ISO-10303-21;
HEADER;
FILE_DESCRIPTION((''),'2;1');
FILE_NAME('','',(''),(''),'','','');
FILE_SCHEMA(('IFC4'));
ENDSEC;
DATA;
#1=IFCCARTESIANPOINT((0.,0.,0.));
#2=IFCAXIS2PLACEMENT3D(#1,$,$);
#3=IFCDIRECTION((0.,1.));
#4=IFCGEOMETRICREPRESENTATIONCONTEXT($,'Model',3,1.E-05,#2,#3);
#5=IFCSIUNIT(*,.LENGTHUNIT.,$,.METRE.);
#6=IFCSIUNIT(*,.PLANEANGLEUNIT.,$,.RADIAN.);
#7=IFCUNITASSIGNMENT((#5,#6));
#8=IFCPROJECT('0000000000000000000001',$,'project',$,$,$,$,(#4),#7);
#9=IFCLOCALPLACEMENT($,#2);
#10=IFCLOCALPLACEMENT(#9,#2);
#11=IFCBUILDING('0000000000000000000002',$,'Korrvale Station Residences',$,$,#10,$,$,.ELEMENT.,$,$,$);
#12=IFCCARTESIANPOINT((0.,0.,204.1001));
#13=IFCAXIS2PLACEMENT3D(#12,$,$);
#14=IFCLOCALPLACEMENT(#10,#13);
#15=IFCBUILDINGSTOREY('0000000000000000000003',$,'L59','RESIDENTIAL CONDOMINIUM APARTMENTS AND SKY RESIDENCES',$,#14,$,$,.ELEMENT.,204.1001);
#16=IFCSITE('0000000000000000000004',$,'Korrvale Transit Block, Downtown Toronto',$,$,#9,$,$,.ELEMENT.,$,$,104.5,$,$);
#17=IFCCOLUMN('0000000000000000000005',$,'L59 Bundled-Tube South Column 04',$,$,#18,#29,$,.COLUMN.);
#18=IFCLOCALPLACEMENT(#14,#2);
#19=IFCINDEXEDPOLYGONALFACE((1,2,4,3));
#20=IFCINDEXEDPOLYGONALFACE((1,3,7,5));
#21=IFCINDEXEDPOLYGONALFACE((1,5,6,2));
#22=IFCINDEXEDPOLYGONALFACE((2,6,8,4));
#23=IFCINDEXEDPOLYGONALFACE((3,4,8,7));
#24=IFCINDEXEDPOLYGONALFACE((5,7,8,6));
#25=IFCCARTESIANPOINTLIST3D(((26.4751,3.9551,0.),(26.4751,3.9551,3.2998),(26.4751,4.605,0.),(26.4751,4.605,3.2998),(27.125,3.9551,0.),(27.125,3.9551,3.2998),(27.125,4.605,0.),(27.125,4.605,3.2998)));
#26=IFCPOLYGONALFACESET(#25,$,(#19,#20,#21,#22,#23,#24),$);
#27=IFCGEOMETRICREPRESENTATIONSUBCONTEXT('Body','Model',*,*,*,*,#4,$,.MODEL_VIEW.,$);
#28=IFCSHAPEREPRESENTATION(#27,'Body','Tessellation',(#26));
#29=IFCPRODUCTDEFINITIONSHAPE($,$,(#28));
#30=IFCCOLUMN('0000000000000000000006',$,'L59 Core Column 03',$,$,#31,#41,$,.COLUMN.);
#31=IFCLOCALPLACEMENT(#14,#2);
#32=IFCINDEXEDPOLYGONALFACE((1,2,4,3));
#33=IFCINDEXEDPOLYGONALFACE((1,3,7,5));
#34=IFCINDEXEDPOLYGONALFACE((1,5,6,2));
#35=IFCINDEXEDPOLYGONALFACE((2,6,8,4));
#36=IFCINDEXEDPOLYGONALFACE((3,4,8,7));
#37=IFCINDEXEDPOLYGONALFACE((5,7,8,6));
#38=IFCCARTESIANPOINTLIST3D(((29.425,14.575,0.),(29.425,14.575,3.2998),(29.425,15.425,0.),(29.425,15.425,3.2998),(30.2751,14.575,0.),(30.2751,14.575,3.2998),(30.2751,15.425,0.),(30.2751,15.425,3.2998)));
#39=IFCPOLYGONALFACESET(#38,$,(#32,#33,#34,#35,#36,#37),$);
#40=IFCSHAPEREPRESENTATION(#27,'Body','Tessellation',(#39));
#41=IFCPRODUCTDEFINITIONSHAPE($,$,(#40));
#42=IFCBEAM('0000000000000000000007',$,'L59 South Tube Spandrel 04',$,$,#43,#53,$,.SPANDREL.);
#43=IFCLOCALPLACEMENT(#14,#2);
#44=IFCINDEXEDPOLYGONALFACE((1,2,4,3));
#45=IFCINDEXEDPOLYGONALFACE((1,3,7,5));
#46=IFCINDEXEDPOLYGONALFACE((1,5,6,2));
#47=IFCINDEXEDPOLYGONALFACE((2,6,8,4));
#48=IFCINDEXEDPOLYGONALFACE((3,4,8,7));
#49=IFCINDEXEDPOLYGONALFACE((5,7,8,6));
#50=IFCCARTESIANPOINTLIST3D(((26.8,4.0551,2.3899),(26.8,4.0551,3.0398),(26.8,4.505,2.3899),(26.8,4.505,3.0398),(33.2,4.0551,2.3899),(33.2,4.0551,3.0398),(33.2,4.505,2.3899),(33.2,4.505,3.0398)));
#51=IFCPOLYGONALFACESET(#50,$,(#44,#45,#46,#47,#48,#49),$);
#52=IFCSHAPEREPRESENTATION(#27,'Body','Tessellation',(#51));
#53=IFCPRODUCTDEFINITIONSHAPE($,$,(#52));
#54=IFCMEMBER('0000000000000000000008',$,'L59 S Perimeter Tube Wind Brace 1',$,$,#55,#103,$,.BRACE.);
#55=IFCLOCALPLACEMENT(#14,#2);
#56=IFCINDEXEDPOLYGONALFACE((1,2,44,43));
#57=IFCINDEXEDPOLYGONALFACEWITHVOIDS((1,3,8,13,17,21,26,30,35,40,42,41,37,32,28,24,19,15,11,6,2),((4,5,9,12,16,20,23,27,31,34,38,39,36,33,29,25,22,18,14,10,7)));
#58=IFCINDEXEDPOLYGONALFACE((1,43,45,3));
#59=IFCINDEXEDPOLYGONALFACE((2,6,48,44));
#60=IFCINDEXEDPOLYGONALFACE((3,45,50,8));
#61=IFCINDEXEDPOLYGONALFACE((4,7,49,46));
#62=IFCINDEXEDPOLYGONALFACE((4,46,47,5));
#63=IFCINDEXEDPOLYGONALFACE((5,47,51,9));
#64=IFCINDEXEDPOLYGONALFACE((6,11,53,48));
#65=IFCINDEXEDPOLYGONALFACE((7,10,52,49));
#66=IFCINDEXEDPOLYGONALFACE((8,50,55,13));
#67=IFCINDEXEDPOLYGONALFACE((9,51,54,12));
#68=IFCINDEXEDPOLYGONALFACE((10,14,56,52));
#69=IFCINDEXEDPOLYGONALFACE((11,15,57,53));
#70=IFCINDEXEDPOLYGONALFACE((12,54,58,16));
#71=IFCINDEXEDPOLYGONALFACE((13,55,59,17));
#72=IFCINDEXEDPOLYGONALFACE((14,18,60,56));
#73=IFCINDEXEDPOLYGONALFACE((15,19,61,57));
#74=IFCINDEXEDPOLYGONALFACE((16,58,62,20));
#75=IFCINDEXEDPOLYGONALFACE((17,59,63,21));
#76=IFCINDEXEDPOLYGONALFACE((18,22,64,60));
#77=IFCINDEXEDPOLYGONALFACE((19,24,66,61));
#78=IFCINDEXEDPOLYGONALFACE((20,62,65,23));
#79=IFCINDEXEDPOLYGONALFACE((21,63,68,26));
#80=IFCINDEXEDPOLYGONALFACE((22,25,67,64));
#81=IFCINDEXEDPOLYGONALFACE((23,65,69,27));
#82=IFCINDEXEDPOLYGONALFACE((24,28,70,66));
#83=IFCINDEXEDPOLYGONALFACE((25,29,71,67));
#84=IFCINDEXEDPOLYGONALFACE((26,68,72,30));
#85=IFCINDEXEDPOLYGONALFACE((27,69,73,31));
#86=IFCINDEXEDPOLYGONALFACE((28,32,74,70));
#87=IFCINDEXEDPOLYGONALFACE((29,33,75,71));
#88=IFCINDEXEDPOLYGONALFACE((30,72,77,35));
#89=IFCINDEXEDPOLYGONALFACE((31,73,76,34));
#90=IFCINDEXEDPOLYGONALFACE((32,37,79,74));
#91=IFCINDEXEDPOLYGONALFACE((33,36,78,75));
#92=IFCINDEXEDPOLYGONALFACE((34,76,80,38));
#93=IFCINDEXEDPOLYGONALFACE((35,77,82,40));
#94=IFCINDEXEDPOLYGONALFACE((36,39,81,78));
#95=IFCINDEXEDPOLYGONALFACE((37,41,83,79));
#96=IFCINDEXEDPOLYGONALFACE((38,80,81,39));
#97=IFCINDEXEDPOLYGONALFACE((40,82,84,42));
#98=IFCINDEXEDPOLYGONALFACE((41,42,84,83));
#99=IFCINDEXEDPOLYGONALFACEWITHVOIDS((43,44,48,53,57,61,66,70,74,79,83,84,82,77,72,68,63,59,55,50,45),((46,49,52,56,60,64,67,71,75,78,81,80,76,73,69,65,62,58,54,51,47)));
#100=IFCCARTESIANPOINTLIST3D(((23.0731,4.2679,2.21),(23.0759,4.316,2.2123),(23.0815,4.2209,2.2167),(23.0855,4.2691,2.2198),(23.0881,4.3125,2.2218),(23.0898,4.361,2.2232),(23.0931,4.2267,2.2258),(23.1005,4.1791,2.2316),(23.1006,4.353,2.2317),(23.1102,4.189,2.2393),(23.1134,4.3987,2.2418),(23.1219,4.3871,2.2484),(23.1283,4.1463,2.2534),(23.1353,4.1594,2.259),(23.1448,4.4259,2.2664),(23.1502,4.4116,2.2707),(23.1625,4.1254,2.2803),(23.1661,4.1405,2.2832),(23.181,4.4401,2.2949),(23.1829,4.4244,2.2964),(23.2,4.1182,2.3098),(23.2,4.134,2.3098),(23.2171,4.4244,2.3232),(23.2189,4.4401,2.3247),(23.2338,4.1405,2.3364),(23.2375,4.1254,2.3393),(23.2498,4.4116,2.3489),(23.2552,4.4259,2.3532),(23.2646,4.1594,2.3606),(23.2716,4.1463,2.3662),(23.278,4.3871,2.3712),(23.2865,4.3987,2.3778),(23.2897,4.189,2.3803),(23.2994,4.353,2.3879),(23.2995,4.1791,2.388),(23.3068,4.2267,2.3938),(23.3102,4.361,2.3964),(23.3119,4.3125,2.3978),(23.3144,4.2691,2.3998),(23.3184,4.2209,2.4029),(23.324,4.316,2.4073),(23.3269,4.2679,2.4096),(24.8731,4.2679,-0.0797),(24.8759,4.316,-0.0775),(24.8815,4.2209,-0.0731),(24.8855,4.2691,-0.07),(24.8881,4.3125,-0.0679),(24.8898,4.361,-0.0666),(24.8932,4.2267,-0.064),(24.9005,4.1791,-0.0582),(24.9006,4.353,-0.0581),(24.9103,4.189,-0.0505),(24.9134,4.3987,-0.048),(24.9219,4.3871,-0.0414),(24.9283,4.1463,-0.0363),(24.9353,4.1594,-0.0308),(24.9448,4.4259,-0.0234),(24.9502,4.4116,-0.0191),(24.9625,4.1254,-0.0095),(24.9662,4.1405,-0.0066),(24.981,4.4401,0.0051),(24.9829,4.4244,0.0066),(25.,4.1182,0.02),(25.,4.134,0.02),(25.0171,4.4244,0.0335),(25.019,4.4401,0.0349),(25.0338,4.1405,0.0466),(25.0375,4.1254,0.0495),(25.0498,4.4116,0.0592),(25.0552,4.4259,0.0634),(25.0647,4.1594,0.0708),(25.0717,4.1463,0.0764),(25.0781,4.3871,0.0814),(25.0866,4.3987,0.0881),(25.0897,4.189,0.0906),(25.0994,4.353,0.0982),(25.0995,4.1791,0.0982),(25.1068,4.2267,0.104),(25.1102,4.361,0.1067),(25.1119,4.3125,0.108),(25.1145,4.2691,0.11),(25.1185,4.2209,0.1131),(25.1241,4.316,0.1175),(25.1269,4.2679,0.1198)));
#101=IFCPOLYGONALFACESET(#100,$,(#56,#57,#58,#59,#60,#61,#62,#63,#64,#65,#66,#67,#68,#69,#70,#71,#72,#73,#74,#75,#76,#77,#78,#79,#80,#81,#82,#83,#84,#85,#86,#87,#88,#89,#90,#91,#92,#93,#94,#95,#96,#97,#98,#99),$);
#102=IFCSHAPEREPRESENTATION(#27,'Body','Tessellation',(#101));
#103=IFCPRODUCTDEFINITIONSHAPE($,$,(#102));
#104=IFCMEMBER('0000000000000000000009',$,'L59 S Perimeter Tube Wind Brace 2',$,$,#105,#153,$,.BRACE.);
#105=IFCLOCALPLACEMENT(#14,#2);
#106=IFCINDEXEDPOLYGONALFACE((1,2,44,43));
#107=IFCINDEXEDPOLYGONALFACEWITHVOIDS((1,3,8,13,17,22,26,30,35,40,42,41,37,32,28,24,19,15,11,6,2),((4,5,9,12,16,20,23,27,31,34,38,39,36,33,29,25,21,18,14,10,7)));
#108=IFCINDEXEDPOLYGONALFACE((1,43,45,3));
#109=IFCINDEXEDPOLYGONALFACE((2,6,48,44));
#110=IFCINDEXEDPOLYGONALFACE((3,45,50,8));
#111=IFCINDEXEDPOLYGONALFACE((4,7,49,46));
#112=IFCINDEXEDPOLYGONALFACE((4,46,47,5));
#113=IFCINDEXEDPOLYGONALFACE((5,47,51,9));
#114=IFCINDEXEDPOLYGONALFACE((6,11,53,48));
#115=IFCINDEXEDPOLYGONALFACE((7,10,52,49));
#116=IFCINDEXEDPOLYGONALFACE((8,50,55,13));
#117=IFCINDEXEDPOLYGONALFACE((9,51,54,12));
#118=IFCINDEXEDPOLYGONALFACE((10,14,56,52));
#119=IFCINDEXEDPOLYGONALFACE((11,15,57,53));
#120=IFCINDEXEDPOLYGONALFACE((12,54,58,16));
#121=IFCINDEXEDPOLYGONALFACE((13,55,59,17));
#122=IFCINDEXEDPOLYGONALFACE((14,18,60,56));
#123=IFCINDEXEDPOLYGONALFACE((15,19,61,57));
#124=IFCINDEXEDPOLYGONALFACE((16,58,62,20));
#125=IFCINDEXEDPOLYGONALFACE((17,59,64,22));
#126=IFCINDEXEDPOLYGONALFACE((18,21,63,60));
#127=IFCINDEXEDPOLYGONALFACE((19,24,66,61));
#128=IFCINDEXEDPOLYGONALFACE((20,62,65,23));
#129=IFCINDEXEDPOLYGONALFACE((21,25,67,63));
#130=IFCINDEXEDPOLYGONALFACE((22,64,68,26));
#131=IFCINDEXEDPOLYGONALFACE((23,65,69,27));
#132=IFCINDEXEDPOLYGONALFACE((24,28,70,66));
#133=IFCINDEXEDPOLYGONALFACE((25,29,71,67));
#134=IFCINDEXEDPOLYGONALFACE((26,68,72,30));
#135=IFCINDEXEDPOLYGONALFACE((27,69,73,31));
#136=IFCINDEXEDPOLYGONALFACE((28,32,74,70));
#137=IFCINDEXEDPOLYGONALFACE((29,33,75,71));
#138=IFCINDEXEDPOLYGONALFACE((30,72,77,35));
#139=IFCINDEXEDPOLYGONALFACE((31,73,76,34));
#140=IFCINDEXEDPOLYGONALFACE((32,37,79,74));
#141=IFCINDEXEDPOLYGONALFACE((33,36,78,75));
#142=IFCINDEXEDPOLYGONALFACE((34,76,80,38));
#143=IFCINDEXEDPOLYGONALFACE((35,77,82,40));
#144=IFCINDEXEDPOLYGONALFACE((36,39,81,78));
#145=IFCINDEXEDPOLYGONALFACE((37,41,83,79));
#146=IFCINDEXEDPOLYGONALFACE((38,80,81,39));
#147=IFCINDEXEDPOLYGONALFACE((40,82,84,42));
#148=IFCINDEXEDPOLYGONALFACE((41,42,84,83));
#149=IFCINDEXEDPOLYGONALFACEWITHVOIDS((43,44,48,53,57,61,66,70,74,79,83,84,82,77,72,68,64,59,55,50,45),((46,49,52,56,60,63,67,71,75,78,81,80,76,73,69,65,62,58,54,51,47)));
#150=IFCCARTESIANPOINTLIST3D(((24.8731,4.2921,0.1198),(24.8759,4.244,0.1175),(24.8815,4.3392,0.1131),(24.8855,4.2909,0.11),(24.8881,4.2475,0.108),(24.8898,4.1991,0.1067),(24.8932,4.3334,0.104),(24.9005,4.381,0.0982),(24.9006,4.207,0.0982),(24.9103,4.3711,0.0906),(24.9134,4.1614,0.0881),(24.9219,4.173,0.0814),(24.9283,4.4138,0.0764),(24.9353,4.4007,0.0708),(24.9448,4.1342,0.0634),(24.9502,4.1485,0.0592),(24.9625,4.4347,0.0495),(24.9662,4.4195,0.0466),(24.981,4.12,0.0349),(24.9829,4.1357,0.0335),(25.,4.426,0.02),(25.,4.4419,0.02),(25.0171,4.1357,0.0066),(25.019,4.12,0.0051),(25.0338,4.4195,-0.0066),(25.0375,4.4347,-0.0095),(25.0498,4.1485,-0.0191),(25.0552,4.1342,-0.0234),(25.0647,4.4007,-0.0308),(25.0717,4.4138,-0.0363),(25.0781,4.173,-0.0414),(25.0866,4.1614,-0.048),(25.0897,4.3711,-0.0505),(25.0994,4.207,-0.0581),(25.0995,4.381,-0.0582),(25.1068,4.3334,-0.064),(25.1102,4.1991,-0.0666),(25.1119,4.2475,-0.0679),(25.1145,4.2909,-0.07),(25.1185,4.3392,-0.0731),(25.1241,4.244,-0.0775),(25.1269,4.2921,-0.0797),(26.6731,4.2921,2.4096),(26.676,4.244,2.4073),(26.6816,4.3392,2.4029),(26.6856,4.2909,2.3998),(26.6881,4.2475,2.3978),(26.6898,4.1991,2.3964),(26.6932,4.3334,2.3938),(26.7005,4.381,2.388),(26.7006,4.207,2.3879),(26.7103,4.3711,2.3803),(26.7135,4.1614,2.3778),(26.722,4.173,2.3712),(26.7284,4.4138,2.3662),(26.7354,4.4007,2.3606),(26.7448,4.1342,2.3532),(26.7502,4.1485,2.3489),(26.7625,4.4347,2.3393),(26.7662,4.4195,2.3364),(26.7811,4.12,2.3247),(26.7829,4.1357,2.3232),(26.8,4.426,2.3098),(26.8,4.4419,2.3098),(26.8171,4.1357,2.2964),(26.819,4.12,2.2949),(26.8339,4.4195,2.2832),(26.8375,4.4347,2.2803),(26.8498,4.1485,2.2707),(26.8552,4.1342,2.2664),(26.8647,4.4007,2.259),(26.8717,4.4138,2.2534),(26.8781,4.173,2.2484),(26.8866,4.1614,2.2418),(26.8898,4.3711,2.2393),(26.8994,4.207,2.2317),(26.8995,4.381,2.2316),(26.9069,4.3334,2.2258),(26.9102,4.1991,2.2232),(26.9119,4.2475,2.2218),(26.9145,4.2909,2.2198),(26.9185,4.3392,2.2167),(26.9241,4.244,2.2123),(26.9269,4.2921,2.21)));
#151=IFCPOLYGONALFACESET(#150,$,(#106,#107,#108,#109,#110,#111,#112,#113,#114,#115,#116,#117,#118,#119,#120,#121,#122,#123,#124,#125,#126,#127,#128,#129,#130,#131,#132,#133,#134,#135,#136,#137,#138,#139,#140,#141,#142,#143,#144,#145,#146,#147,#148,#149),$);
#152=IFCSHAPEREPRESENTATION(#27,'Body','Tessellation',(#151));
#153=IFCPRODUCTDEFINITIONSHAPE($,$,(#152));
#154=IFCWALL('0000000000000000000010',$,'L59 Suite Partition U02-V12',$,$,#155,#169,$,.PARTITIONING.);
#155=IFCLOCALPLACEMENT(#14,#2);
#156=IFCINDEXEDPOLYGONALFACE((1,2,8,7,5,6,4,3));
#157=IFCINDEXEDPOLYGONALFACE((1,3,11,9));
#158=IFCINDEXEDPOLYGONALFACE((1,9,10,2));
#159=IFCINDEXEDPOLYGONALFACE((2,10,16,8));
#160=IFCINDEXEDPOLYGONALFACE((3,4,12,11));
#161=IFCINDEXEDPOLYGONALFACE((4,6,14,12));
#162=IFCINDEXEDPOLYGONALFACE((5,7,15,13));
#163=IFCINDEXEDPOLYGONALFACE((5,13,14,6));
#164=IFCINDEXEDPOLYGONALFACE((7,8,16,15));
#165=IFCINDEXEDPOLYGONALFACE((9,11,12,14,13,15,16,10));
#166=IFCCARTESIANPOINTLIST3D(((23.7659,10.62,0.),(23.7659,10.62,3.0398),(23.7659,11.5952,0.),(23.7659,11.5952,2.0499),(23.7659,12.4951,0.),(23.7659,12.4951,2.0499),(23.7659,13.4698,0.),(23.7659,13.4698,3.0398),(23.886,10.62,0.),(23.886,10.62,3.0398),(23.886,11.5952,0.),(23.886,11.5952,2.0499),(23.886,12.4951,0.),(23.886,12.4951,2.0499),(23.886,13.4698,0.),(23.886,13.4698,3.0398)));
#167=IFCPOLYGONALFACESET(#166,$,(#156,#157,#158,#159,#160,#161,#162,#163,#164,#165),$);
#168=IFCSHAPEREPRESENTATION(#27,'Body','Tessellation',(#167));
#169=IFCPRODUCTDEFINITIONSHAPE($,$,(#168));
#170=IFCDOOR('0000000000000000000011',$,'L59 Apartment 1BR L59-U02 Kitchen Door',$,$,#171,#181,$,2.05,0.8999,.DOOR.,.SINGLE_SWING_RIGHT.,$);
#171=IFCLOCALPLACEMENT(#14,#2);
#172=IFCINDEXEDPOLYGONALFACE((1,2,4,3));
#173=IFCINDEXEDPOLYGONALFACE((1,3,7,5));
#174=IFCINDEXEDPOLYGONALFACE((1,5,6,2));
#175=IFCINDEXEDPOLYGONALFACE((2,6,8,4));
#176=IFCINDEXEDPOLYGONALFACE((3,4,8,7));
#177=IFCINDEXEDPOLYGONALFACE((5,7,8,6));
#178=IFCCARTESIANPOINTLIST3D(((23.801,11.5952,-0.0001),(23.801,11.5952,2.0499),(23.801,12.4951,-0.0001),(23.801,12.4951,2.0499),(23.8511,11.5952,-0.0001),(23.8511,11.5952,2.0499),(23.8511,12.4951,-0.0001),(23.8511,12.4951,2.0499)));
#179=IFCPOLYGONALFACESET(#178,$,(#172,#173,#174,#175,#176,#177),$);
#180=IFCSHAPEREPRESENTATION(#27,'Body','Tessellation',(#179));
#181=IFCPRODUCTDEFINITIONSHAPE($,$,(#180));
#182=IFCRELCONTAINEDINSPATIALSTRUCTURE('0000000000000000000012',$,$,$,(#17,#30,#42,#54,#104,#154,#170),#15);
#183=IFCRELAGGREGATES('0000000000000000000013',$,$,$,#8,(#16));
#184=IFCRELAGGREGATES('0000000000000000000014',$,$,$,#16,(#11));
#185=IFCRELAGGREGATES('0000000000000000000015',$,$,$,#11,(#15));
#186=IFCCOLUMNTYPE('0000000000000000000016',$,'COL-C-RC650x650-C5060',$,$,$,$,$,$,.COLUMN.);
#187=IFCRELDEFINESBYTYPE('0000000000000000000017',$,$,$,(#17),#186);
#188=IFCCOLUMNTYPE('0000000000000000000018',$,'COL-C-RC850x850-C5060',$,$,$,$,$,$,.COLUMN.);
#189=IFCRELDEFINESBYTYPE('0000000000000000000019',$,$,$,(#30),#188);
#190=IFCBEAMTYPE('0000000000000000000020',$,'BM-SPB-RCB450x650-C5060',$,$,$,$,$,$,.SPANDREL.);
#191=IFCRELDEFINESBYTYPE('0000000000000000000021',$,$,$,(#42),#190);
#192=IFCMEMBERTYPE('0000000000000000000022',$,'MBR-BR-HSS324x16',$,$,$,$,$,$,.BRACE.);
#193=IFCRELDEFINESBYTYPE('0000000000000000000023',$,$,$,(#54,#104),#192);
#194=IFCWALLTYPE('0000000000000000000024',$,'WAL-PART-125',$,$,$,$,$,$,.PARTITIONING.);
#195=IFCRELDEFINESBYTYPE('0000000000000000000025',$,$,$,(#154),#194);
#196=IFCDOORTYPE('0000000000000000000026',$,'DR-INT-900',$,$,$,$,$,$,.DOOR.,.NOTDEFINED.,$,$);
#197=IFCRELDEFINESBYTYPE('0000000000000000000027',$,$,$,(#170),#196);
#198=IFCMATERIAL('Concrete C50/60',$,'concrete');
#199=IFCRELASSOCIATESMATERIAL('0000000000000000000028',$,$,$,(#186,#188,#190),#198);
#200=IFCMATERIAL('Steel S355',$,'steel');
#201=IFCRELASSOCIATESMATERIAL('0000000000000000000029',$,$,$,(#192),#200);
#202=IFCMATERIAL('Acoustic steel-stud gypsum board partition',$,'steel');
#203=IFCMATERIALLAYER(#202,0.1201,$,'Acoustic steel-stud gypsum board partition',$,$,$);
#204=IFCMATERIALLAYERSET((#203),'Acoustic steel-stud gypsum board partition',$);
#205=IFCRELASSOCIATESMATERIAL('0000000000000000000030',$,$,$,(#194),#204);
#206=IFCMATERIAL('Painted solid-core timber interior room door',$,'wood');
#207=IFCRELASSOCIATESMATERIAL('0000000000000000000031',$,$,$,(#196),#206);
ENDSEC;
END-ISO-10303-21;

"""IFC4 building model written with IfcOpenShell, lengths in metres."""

from ifc_helpers import new_model, si_unit, direction, frame, frame_2d, origin, origin_2d, place, context, subcontext, project, spatial, rectangle, hollow_circle, extrude, material, layer, layer_set, material_profile, profile_set, type_object, element, fill, save


model = new_model("IFC4")

# Units and contexts
model_context = context("Model", 3, precision=1e-05, world=origin(), true_north=direction((0.0, 1.0)))
body_context = subcontext(model_context, "Body", "Model", "MODEL_VIEW")
ifc_project = project(units=[si_unit("LENGTHUNIT", "METRE"), si_unit("PLANEANGLEUNIT", "RADIAN")], contexts=[model_context])

# Site, building, storey
site_placement = place(None, origin())
site = spatial("IfcSite", under=ifc_project, at=site_placement, Name="Korrvale Transit Block, Downtown Toronto", CompositionType="ELEMENT", RefElevation=104.5)
building_placement = place(site_placement, origin())
building = spatial("IfcBuilding", under=site, at=building_placement, Name="Korrvale Station Residences", CompositionType="ELEMENT")
storey_placement = place(building_placement, frame((0.0, 0.0, 204.1001)))
storey = spatial("IfcBuildingStorey", under=building, at=storey_placement, Name="L59", Description="RESIDENTIAL CONDOMINIUM APARTMENTS AND SKY RESIDENCES", CompositionType="ELEMENT", Elevation=204.1001)

# Columns
ifc_material_1 = material(Name="Concrete C50/60", Category="concrete")
ifc_material_profile_1 = material_profile(ifc_material_1, rectangle(XDim=0.6499, YDim=0.6499, at=origin_2d()), Name="RC650x650")
ifc_profile_set_1 = profile_set([ifc_material_profile_1], Name="Concrete C50/60")
column_type_1 = type_object("IfcColumnType", Name="COL-C-RC650x650-C5060", PredefinedType="COLUMN", material=ifc_profile_set_1)
column_1_placement = place(storey_placement, frame((26.8, 4.28, 0.0), z_axis=(0.0, 0.0, 1.0), x_axis=(1.0, 0.0, 0.0)))
element("IfcColumn", 1, at=column_1_placement, inside=storey, type_object=column_type_1, Name="L59 Bundled-Tube South Column 04", PredefinedType="COLUMN", context=body_context, shape_type="SweptSolid", body=[
    extrude(rectangle(XDim=0.6499, YDim=0.6499, at=origin_2d()), origin(), (0.0, 0.0, 1.0), 3.2998),
])
ifc_material_profile_2 = material_profile(ifc_material_1, rectangle(XDim=0.8501, YDim=0.8501, at=origin_2d()), Name="RC850x850")
ifc_profile_set_2 = profile_set([ifc_material_profile_2], Name="Concrete C50/60")
column_type_2 = type_object("IfcColumnType", Name="COL-C-RC850x850-C5060", PredefinedType="COLUMN", material=ifc_profile_set_2)
column_2_placement = place(storey_placement, frame((29.8501, 15.0, 0.0), z_axis=(0.0, 0.0, 1.0), x_axis=(1.0, 0.0, 0.0)))
element("IfcColumn", 2, at=column_2_placement, inside=storey, type_object=column_type_2, Name="L59 Core Column 03", PredefinedType="COLUMN", context=body_context, shape_type="SweptSolid", body=[
    extrude(rectangle(XDim=0.8501, YDim=0.8501, at=origin_2d()), origin(), (0.0, 0.0, 1.0), 3.2998),
])

# Beam
ifc_material_profile_3 = material_profile(ifc_material_1, rectangle(XDim=0.45, YDim=0.6499, at=origin_2d()), Name="RCB450x650")
ifc_profile_set_3 = profile_set([ifc_material_profile_3], Name="Concrete C50/60")
beam_type = type_object("IfcBeamType", Name="BM-SPB-RCB450x650-C5060", PredefinedType="SPANDREL", material=ifc_profile_set_3)
beam_placement = place(storey_placement, frame((26.8, 4.28, 2.7148), z_axis=(1.0, 0.0, 0.0), x_axis=(0.0, 1.0, 0.0)))
element("IfcBeam", 3, at=beam_placement, inside=storey, type_object=beam_type, Name="L59 South Tube Spandrel 04", PredefinedType="SPANDREL", context=body_context, shape_type="SweptSolid", body=[
    extrude(rectangle(XDim=0.45, YDim=0.6499, at=origin_2d()), origin(), (0.0, 0.0, 1.0), 6.3999),
])

# Members
ifc_material_2 = material(Name="Steel S355", Category="steel")
ifc_material_profile_4 = material_profile(ifc_material_2, hollow_circle(Radius=0.1619, WallThickness=0.0159, at=origin_2d()), Name="HSS324x16")
ifc_profile_set_4 = profile_set([ifc_material_profile_4], Name="Steel S355")
member_type = type_object("IfcMemberType", Name="MBR-BR-HSS324x16", PredefinedType="BRACE", material=ifc_profile_set_4)
for number, where, z_axis, x_axis, name in (
    (4, (25.0, 4.28, 0.02), (-0.618018, 0.0, 0.786164), (0.0, -1.0, 0.0), "L59 S Perimeter Tube Wind Brace 1"),
    (5, (25.0, 4.28, 0.02), (0.618018, 0.0, 0.786164), (0.0, 1.0, 0.0), "L59 S Perimeter Tube Wind Brace 2"),
):
    element("IfcMember", number, at=place(storey_placement, frame(where, z_axis=z_axis, x_axis=x_axis)), inside=storey, type_object=member_type, Name=name, PredefinedType="BRACE", context=body_context, shape_type="SweptSolid", body=[
        extrude(hollow_circle(Radius=0.1619, WallThickness=0.0159, at=origin_2d()), origin(), (0.0, 0.0, 1.0), 2.9126),
    ])

# Wall, opening, door
ifc_material_3 = material(Name="Acoustic steel-stud gypsum board partition", Category="steel")
ifc_layer_1 = layer(ifc_material_3, 0.1201, Name="Acoustic steel-stud gypsum board partition")
ifc_layer_set_1 = layer_set([ifc_layer_1], Name="Acoustic steel-stud gypsum board partition")
wall_type_1 = type_object("IfcWallType", Name="WAL-PART-125", PredefinedType="PARTITIONING", material=ifc_layer_set_1)
wall_1_placement = place(storey_placement, frame((23.8259, 10.6201, 0.0), z_axis=(0.0, 0.0, 1.0), x_axis=(0.0, 1.0, 0.0)))
wall_1 = element("IfcWall", 6, at=wall_1_placement, inside=storey, type_object=wall_type_1, Name="L59 Suite Partition U02-V12", PredefinedType="PARTITIONING", context=body_context, shape_type="SweptSolid", body=[
    extrude(rectangle(XDim=2.8499, YDim=0.1201, at=frame_2d((1.4248, 0.0))), origin(), (0.0, 0.0, 1.0), 3.0398),
])
opening_1_placement = place(wall_1_placement, frame((0.9751, 0.0, 0.0)))
opening_1 = element("IfcOpeningElement", 7, at=opening_1_placement, cuts=wall_1, PredefinedType="OPENING", context=body_context, shape_type="SweptSolid", body=[
    extrude(rectangle(XDim=0.8999, YDim=2.05, at=frame_2d((0.45, 1.0249))), frame((0.0, 0.0701, 0.0), z_axis=(0.0, -1.0, 0.0), x_axis=(1.0, 0.0, 0.0)), (0.0, 0.0, 1.0), 0.1401),
])
ifc_material_4 = material(Name="Painted solid-core timber interior room door", Category="wood")
door_type = type_object("IfcDoorType", Name="DR-INT-900", OperationType="NOTDEFINED", PredefinedType="DOOR", material=ifc_material_4)
door_1_placement = place(opening_1_placement, origin())
door_1 = element("IfcDoor", 8, at=door_1_placement, inside=storey, type_object=door_type, Name="L59 Apartment 1BR L59-U02 Kitchen Door", OperationType="SINGLE_SWING_RIGHT", OverallHeight=2.05, OverallWidth=0.8999, PredefinedType="DOOR", context=body_context, shape_type="SweptSolid", body=[
    extrude(rectangle(XDim=0.8999, YDim=2.05, at=frame_2d((0.45, 1.0249))), frame((0.0, 0.0249, 0.0), z_axis=(0.0, -1.0, 0.0), x_axis=(1.0, 0.0, 0.0)), (0.0, 0.0, 1.0), 0.05),
])
fill(opening_1, door_1)

save(model, "model.ifc")
